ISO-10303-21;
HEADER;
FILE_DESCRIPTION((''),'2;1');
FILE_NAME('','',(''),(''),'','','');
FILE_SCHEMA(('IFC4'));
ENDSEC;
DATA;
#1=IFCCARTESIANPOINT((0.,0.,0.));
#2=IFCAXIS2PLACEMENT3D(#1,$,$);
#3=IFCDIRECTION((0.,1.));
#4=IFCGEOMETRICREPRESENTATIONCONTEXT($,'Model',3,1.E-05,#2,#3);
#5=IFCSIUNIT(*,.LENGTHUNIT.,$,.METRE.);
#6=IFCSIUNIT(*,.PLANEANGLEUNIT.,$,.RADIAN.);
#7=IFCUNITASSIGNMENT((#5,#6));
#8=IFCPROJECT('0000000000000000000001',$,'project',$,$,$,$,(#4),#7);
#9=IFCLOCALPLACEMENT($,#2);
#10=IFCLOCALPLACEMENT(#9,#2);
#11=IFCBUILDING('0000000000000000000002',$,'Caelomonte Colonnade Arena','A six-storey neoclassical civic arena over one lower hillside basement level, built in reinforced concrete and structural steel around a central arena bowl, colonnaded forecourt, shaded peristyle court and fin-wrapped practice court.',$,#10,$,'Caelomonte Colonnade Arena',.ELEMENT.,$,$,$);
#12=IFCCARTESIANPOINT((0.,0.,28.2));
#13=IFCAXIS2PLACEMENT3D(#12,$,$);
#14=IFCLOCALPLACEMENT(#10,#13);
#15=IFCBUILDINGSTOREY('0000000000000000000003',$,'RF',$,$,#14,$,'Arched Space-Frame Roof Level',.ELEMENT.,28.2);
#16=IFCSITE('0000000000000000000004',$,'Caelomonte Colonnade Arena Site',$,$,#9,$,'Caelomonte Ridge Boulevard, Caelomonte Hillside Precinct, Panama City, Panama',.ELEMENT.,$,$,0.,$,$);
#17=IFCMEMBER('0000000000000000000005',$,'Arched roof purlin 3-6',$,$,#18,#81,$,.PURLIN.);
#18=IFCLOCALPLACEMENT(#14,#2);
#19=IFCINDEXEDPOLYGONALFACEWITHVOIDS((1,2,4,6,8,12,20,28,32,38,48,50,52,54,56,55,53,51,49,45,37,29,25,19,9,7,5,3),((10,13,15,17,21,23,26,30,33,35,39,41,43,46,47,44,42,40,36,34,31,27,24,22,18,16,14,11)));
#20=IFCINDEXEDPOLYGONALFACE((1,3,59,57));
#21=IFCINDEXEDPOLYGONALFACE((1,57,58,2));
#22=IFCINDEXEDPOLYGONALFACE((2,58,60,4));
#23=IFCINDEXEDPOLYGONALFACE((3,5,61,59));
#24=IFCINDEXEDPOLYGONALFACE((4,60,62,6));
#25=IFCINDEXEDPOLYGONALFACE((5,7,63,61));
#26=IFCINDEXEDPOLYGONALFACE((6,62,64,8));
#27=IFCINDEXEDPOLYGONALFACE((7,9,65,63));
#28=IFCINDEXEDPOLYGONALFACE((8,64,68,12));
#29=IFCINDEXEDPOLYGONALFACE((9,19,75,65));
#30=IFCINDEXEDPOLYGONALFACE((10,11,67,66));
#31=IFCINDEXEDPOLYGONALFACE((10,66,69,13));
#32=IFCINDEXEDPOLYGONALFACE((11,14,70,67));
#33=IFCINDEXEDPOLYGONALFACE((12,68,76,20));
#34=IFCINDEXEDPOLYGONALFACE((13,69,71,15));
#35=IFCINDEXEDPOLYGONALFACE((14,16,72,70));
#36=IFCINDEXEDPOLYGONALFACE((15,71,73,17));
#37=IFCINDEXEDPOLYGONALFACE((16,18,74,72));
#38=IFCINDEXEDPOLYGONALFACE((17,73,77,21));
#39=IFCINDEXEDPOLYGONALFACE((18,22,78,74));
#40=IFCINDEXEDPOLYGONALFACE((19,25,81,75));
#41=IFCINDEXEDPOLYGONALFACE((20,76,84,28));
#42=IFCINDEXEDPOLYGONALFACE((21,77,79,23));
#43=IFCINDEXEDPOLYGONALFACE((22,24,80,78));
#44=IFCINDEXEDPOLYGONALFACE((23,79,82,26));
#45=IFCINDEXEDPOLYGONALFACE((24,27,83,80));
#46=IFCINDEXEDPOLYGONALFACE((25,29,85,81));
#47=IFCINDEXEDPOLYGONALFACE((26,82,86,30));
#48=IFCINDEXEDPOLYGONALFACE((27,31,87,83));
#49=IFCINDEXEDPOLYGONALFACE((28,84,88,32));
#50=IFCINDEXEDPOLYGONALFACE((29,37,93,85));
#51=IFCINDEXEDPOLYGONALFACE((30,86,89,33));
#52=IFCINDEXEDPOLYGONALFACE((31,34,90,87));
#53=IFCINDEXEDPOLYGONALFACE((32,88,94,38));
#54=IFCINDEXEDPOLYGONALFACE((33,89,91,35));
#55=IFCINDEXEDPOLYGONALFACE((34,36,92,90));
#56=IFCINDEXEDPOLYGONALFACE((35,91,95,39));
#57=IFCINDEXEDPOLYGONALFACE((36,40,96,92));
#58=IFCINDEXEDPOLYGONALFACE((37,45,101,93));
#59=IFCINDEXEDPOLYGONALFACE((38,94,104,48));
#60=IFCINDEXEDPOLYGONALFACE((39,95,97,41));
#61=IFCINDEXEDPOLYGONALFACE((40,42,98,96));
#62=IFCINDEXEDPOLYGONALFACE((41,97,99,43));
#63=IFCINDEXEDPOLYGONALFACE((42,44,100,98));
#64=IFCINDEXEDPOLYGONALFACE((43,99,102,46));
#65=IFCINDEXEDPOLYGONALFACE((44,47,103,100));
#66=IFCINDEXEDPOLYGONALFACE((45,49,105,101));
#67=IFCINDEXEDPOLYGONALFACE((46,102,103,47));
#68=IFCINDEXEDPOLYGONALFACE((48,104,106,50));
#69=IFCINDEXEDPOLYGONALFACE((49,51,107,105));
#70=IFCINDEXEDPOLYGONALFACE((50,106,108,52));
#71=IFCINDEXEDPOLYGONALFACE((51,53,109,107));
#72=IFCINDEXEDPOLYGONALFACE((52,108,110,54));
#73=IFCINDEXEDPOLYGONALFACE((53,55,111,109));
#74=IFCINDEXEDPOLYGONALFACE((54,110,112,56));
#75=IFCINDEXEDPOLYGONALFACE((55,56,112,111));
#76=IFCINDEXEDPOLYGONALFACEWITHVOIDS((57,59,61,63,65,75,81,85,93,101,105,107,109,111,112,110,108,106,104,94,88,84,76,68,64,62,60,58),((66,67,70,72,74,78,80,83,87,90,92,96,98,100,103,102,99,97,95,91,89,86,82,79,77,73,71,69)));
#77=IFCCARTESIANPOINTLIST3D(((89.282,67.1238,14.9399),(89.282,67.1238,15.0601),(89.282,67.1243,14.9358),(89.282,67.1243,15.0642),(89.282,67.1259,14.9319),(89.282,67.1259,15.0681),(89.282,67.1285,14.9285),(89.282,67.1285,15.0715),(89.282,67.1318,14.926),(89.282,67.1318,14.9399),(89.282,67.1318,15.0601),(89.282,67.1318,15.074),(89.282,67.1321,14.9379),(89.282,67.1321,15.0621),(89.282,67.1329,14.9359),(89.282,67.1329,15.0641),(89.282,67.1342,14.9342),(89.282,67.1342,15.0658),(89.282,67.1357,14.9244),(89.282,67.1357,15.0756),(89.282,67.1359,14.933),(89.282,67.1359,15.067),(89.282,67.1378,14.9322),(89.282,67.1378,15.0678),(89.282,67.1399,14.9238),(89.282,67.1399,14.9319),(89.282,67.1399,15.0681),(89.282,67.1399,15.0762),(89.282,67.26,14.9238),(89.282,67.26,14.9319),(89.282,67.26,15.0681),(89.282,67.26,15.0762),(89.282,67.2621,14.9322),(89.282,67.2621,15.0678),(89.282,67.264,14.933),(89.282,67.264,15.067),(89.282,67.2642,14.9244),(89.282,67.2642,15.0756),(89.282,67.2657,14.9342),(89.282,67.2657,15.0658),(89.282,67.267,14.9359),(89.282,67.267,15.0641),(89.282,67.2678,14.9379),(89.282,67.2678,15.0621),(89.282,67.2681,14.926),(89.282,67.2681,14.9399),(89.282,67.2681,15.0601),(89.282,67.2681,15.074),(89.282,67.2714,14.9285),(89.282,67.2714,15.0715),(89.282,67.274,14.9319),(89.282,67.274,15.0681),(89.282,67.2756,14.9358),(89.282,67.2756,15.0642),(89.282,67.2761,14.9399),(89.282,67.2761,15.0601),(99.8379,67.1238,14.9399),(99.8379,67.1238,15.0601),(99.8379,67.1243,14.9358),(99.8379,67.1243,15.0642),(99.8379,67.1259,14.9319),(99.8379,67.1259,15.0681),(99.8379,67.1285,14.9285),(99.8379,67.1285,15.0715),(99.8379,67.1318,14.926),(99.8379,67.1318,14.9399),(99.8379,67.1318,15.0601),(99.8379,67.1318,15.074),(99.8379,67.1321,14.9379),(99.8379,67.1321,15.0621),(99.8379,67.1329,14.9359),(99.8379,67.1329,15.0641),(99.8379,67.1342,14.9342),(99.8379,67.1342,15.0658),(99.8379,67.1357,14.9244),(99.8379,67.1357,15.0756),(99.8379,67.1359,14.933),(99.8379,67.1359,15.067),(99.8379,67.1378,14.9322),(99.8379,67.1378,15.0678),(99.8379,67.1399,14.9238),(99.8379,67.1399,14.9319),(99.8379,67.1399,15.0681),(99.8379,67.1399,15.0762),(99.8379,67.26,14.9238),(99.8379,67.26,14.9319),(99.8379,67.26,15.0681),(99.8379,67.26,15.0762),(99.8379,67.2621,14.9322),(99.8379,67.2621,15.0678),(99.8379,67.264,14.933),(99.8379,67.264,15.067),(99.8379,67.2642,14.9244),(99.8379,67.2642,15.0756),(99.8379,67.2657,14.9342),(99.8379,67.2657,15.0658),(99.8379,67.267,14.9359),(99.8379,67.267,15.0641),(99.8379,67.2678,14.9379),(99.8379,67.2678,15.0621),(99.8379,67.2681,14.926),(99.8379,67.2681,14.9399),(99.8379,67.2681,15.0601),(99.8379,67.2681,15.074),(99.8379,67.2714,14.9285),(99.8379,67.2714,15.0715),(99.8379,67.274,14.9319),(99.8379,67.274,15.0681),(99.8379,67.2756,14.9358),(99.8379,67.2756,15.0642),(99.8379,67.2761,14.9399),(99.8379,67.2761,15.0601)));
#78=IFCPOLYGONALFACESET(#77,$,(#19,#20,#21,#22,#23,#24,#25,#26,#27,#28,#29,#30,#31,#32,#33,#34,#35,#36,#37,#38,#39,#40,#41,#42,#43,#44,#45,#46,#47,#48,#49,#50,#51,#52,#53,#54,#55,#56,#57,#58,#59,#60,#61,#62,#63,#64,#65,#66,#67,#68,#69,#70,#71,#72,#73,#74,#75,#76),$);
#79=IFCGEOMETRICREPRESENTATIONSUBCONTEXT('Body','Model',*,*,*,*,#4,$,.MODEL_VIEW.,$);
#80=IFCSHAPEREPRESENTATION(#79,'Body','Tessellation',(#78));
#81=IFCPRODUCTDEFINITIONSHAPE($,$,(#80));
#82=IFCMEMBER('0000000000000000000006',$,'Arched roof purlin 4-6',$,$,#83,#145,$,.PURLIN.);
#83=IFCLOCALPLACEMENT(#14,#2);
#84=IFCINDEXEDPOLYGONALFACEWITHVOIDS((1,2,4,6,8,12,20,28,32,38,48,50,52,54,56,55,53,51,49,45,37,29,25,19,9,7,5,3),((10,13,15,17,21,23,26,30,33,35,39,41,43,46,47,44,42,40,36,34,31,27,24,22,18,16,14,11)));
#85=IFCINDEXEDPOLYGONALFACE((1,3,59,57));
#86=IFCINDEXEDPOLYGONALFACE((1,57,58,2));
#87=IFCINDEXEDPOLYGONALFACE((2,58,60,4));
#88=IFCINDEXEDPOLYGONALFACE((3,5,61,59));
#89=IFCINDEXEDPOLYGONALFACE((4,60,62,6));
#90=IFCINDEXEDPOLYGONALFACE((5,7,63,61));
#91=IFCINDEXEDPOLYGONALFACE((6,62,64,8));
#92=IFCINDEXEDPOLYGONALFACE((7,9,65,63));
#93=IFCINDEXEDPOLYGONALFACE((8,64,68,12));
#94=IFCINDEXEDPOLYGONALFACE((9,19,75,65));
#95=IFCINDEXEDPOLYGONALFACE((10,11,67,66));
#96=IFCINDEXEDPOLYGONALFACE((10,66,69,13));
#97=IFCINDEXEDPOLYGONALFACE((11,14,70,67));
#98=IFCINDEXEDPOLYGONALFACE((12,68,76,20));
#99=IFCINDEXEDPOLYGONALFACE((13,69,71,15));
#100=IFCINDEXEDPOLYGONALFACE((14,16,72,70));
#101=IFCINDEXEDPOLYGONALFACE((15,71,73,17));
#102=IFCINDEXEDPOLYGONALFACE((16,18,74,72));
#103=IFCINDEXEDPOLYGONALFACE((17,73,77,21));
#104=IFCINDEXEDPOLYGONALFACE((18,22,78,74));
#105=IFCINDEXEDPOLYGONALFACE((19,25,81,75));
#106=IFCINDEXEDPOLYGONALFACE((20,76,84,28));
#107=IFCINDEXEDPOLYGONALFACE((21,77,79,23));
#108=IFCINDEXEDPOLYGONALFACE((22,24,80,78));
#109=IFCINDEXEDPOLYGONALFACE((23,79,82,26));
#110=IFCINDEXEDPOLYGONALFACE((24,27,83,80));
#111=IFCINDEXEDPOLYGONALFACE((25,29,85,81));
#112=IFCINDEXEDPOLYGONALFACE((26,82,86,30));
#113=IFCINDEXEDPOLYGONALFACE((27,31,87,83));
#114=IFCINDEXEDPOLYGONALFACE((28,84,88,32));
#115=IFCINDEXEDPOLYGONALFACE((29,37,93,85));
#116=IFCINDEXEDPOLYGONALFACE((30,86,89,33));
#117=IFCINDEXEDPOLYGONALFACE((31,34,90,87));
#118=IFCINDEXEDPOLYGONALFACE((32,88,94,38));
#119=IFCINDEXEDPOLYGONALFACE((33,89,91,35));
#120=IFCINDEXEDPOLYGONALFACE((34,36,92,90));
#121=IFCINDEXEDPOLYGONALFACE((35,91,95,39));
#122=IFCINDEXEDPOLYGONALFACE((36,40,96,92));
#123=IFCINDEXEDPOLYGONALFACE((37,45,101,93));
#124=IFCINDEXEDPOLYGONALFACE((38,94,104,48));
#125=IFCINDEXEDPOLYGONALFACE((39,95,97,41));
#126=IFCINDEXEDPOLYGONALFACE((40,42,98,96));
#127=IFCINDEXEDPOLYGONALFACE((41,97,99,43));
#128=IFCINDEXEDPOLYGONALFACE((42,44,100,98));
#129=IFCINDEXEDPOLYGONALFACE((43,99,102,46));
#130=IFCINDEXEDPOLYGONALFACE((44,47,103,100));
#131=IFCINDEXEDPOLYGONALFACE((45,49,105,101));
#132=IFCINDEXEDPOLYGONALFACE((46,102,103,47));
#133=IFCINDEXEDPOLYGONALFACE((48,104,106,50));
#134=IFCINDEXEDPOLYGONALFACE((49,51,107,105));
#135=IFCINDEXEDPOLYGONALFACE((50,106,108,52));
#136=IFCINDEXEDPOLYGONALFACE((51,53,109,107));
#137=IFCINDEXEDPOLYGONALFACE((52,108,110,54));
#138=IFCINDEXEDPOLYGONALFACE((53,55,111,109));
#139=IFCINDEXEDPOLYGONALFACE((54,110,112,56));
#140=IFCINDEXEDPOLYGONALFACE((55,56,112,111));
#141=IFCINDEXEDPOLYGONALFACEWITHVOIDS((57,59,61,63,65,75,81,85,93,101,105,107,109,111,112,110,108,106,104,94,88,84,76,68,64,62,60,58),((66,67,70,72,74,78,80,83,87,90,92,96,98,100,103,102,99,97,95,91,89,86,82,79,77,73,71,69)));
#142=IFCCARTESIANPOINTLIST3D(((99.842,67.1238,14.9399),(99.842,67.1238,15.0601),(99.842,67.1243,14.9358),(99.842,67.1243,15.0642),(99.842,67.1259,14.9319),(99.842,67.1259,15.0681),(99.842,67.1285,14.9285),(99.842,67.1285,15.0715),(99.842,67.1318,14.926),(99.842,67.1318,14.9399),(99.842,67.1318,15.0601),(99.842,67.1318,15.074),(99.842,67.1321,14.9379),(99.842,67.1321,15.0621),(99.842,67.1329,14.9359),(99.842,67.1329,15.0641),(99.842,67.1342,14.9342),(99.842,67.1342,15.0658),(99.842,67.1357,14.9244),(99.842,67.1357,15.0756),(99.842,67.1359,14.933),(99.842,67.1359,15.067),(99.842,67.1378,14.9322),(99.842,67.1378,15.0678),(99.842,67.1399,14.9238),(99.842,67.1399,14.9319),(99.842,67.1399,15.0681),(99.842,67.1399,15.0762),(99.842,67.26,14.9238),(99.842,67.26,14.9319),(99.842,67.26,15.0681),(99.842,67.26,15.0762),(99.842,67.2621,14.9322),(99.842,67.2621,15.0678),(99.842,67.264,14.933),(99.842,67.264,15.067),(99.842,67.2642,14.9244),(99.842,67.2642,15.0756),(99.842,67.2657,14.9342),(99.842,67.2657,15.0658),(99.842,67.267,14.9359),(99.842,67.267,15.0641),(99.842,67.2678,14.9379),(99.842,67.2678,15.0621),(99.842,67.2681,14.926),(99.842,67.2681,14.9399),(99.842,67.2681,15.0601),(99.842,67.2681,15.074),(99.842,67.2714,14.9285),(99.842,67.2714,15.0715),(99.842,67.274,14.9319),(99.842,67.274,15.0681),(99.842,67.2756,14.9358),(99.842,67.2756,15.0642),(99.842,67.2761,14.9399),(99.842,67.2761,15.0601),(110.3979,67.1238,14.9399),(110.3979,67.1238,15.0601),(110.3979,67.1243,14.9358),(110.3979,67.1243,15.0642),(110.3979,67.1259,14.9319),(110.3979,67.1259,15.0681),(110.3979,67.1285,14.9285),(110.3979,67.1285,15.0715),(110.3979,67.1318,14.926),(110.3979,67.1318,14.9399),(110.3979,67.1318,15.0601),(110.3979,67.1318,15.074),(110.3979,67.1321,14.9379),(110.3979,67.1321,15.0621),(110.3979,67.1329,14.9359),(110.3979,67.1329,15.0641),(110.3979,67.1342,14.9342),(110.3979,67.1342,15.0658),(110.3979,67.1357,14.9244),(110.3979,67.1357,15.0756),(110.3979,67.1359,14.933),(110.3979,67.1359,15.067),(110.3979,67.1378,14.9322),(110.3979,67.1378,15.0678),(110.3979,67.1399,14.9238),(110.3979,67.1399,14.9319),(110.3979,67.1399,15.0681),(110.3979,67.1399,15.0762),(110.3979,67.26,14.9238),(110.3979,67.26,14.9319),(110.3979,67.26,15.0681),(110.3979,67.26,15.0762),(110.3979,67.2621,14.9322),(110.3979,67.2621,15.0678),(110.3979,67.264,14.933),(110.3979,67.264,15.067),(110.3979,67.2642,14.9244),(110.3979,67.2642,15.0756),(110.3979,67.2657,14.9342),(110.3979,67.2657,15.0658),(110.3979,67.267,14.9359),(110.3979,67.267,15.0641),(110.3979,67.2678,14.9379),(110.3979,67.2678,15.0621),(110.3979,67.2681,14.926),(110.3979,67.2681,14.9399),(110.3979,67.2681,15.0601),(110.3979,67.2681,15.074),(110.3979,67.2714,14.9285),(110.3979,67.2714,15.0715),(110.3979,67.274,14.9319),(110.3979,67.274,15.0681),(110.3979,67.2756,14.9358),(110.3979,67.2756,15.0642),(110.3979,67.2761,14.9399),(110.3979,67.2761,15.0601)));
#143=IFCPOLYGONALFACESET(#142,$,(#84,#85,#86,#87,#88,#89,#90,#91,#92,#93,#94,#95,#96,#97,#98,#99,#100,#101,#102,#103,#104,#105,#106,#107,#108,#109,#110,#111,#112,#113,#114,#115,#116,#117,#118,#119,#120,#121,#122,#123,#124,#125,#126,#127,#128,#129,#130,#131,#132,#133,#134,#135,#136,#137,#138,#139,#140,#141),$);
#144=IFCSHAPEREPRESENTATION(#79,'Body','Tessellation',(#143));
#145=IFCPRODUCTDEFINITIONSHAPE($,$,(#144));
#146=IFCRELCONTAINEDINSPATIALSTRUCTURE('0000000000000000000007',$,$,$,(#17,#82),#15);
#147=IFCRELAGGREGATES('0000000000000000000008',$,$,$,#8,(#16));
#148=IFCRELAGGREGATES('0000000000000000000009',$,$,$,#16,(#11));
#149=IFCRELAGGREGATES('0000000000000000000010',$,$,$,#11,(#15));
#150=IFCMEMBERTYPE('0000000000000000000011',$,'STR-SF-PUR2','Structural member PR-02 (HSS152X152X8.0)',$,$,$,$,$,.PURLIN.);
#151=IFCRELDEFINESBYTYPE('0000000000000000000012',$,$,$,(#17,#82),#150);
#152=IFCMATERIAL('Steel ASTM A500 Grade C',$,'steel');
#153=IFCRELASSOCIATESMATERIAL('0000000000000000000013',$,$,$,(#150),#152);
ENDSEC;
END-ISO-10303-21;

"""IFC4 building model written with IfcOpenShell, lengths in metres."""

from ifc_helpers import new_model, si_unit, direction, frame, origin, origin_2d, place, context, subcontext, project, spatial, hollow_rectangle, extrude, material, material_profile, profile_set, type_object, element, save


model = new_model("IFC4")

# Units and contexts
model_context = context("Model", 3, precision=1e-05, world=origin(), true_north=direction((0.0, 1.0)))
body_context = subcontext(model_context, "Body", "Model", "MODEL_VIEW")
ifc_project = project(units=[si_unit("LENGTHUNIT", "METRE"), si_unit("PLANEANGLEUNIT", "RADIAN")], contexts=[model_context])

# Site, building, storey
site_placement = place(None, origin())
site = spatial("IfcSite", under=ifc_project, at=site_placement, Name="Caelomonte Colonnade Arena Site", LongName="Caelomonte Ridge Boulevard, Caelomonte Hillside Precinct, Panama City, Panama", CompositionType="ELEMENT", RefElevation=0.0)
building_placement = place(site_placement, origin())
building = spatial("IfcBuilding", under=site, at=building_placement, Name="Caelomonte Colonnade Arena", Description="A six-storey neoclassical civic arena over one lower hillside basement level, built in reinforced concrete and structural steel around a central arena bowl, colonnaded forecourt, shaded peristyle court and fin-wrapped practice court.", LongName="Caelomonte Colonnade Arena", CompositionType="ELEMENT")
storey_placement = place(building_placement, frame((0.0, 0.0, 28.2)))
storey = spatial("IfcBuildingStorey", under=building, at=storey_placement, Name="RF", LongName="Arched Space-Frame Roof Level", CompositionType="ELEMENT", Elevation=28.2)

# Members
ifc_material_1 = material(Name="Steel ASTM A500 Grade C", Category="steel")
ifc_material_profile_1 = material_profile(ifc_material_1, hollow_rectangle(XDim=0.1523, YDim=0.1523, WallThickness=0.0081, InnerFilletRadius=0.0081, OuterFilletRadius=0.0161, at=origin_2d()), Name="HSS152X152X8.0")
ifc_profile_set_1 = profile_set([ifc_material_profile_1], Name="Steel ASTM A500 Grade C")
member_type_1 = type_object("IfcMemberType", Name="STR-SF-PUR2", Description="Structural member PR-02 (HSS152X152X8.0)", PredefinedType="PURLIN", material=ifc_profile_set_1)
for number, where, z_axis, x_axis, name in (
    (1, (89.282, 67.2, 15.0), (1.0, 0.0, 0.0), (0.0, 1.0, 0.0), "Arched roof purlin 3-6"),
    (2, (99.842, 67.2, 15.0), (1.0, 0.0, 0.0), (0.0, 1.0, 0.0), "Arched roof purlin 4-6"),
):
    element("IfcMember", number, at=place(storey_placement, frame(where, z_axis=z_axis, x_axis=x_axis)), inside=storey, type_object=member_type_1, Name=name, PredefinedType="PURLIN", context=body_context, shape_type="SweptSolid", body=[
        extrude(hollow_rectangle(XDim=0.1523, YDim=0.1523, WallThickness=0.0081, InnerFilletRadius=0.0081, OuterFilletRadius=0.0161, at=origin_2d()), origin(), (0.0, 0.0, 1.0), 10.5559),
    ])

save(model, "model.ifc")
